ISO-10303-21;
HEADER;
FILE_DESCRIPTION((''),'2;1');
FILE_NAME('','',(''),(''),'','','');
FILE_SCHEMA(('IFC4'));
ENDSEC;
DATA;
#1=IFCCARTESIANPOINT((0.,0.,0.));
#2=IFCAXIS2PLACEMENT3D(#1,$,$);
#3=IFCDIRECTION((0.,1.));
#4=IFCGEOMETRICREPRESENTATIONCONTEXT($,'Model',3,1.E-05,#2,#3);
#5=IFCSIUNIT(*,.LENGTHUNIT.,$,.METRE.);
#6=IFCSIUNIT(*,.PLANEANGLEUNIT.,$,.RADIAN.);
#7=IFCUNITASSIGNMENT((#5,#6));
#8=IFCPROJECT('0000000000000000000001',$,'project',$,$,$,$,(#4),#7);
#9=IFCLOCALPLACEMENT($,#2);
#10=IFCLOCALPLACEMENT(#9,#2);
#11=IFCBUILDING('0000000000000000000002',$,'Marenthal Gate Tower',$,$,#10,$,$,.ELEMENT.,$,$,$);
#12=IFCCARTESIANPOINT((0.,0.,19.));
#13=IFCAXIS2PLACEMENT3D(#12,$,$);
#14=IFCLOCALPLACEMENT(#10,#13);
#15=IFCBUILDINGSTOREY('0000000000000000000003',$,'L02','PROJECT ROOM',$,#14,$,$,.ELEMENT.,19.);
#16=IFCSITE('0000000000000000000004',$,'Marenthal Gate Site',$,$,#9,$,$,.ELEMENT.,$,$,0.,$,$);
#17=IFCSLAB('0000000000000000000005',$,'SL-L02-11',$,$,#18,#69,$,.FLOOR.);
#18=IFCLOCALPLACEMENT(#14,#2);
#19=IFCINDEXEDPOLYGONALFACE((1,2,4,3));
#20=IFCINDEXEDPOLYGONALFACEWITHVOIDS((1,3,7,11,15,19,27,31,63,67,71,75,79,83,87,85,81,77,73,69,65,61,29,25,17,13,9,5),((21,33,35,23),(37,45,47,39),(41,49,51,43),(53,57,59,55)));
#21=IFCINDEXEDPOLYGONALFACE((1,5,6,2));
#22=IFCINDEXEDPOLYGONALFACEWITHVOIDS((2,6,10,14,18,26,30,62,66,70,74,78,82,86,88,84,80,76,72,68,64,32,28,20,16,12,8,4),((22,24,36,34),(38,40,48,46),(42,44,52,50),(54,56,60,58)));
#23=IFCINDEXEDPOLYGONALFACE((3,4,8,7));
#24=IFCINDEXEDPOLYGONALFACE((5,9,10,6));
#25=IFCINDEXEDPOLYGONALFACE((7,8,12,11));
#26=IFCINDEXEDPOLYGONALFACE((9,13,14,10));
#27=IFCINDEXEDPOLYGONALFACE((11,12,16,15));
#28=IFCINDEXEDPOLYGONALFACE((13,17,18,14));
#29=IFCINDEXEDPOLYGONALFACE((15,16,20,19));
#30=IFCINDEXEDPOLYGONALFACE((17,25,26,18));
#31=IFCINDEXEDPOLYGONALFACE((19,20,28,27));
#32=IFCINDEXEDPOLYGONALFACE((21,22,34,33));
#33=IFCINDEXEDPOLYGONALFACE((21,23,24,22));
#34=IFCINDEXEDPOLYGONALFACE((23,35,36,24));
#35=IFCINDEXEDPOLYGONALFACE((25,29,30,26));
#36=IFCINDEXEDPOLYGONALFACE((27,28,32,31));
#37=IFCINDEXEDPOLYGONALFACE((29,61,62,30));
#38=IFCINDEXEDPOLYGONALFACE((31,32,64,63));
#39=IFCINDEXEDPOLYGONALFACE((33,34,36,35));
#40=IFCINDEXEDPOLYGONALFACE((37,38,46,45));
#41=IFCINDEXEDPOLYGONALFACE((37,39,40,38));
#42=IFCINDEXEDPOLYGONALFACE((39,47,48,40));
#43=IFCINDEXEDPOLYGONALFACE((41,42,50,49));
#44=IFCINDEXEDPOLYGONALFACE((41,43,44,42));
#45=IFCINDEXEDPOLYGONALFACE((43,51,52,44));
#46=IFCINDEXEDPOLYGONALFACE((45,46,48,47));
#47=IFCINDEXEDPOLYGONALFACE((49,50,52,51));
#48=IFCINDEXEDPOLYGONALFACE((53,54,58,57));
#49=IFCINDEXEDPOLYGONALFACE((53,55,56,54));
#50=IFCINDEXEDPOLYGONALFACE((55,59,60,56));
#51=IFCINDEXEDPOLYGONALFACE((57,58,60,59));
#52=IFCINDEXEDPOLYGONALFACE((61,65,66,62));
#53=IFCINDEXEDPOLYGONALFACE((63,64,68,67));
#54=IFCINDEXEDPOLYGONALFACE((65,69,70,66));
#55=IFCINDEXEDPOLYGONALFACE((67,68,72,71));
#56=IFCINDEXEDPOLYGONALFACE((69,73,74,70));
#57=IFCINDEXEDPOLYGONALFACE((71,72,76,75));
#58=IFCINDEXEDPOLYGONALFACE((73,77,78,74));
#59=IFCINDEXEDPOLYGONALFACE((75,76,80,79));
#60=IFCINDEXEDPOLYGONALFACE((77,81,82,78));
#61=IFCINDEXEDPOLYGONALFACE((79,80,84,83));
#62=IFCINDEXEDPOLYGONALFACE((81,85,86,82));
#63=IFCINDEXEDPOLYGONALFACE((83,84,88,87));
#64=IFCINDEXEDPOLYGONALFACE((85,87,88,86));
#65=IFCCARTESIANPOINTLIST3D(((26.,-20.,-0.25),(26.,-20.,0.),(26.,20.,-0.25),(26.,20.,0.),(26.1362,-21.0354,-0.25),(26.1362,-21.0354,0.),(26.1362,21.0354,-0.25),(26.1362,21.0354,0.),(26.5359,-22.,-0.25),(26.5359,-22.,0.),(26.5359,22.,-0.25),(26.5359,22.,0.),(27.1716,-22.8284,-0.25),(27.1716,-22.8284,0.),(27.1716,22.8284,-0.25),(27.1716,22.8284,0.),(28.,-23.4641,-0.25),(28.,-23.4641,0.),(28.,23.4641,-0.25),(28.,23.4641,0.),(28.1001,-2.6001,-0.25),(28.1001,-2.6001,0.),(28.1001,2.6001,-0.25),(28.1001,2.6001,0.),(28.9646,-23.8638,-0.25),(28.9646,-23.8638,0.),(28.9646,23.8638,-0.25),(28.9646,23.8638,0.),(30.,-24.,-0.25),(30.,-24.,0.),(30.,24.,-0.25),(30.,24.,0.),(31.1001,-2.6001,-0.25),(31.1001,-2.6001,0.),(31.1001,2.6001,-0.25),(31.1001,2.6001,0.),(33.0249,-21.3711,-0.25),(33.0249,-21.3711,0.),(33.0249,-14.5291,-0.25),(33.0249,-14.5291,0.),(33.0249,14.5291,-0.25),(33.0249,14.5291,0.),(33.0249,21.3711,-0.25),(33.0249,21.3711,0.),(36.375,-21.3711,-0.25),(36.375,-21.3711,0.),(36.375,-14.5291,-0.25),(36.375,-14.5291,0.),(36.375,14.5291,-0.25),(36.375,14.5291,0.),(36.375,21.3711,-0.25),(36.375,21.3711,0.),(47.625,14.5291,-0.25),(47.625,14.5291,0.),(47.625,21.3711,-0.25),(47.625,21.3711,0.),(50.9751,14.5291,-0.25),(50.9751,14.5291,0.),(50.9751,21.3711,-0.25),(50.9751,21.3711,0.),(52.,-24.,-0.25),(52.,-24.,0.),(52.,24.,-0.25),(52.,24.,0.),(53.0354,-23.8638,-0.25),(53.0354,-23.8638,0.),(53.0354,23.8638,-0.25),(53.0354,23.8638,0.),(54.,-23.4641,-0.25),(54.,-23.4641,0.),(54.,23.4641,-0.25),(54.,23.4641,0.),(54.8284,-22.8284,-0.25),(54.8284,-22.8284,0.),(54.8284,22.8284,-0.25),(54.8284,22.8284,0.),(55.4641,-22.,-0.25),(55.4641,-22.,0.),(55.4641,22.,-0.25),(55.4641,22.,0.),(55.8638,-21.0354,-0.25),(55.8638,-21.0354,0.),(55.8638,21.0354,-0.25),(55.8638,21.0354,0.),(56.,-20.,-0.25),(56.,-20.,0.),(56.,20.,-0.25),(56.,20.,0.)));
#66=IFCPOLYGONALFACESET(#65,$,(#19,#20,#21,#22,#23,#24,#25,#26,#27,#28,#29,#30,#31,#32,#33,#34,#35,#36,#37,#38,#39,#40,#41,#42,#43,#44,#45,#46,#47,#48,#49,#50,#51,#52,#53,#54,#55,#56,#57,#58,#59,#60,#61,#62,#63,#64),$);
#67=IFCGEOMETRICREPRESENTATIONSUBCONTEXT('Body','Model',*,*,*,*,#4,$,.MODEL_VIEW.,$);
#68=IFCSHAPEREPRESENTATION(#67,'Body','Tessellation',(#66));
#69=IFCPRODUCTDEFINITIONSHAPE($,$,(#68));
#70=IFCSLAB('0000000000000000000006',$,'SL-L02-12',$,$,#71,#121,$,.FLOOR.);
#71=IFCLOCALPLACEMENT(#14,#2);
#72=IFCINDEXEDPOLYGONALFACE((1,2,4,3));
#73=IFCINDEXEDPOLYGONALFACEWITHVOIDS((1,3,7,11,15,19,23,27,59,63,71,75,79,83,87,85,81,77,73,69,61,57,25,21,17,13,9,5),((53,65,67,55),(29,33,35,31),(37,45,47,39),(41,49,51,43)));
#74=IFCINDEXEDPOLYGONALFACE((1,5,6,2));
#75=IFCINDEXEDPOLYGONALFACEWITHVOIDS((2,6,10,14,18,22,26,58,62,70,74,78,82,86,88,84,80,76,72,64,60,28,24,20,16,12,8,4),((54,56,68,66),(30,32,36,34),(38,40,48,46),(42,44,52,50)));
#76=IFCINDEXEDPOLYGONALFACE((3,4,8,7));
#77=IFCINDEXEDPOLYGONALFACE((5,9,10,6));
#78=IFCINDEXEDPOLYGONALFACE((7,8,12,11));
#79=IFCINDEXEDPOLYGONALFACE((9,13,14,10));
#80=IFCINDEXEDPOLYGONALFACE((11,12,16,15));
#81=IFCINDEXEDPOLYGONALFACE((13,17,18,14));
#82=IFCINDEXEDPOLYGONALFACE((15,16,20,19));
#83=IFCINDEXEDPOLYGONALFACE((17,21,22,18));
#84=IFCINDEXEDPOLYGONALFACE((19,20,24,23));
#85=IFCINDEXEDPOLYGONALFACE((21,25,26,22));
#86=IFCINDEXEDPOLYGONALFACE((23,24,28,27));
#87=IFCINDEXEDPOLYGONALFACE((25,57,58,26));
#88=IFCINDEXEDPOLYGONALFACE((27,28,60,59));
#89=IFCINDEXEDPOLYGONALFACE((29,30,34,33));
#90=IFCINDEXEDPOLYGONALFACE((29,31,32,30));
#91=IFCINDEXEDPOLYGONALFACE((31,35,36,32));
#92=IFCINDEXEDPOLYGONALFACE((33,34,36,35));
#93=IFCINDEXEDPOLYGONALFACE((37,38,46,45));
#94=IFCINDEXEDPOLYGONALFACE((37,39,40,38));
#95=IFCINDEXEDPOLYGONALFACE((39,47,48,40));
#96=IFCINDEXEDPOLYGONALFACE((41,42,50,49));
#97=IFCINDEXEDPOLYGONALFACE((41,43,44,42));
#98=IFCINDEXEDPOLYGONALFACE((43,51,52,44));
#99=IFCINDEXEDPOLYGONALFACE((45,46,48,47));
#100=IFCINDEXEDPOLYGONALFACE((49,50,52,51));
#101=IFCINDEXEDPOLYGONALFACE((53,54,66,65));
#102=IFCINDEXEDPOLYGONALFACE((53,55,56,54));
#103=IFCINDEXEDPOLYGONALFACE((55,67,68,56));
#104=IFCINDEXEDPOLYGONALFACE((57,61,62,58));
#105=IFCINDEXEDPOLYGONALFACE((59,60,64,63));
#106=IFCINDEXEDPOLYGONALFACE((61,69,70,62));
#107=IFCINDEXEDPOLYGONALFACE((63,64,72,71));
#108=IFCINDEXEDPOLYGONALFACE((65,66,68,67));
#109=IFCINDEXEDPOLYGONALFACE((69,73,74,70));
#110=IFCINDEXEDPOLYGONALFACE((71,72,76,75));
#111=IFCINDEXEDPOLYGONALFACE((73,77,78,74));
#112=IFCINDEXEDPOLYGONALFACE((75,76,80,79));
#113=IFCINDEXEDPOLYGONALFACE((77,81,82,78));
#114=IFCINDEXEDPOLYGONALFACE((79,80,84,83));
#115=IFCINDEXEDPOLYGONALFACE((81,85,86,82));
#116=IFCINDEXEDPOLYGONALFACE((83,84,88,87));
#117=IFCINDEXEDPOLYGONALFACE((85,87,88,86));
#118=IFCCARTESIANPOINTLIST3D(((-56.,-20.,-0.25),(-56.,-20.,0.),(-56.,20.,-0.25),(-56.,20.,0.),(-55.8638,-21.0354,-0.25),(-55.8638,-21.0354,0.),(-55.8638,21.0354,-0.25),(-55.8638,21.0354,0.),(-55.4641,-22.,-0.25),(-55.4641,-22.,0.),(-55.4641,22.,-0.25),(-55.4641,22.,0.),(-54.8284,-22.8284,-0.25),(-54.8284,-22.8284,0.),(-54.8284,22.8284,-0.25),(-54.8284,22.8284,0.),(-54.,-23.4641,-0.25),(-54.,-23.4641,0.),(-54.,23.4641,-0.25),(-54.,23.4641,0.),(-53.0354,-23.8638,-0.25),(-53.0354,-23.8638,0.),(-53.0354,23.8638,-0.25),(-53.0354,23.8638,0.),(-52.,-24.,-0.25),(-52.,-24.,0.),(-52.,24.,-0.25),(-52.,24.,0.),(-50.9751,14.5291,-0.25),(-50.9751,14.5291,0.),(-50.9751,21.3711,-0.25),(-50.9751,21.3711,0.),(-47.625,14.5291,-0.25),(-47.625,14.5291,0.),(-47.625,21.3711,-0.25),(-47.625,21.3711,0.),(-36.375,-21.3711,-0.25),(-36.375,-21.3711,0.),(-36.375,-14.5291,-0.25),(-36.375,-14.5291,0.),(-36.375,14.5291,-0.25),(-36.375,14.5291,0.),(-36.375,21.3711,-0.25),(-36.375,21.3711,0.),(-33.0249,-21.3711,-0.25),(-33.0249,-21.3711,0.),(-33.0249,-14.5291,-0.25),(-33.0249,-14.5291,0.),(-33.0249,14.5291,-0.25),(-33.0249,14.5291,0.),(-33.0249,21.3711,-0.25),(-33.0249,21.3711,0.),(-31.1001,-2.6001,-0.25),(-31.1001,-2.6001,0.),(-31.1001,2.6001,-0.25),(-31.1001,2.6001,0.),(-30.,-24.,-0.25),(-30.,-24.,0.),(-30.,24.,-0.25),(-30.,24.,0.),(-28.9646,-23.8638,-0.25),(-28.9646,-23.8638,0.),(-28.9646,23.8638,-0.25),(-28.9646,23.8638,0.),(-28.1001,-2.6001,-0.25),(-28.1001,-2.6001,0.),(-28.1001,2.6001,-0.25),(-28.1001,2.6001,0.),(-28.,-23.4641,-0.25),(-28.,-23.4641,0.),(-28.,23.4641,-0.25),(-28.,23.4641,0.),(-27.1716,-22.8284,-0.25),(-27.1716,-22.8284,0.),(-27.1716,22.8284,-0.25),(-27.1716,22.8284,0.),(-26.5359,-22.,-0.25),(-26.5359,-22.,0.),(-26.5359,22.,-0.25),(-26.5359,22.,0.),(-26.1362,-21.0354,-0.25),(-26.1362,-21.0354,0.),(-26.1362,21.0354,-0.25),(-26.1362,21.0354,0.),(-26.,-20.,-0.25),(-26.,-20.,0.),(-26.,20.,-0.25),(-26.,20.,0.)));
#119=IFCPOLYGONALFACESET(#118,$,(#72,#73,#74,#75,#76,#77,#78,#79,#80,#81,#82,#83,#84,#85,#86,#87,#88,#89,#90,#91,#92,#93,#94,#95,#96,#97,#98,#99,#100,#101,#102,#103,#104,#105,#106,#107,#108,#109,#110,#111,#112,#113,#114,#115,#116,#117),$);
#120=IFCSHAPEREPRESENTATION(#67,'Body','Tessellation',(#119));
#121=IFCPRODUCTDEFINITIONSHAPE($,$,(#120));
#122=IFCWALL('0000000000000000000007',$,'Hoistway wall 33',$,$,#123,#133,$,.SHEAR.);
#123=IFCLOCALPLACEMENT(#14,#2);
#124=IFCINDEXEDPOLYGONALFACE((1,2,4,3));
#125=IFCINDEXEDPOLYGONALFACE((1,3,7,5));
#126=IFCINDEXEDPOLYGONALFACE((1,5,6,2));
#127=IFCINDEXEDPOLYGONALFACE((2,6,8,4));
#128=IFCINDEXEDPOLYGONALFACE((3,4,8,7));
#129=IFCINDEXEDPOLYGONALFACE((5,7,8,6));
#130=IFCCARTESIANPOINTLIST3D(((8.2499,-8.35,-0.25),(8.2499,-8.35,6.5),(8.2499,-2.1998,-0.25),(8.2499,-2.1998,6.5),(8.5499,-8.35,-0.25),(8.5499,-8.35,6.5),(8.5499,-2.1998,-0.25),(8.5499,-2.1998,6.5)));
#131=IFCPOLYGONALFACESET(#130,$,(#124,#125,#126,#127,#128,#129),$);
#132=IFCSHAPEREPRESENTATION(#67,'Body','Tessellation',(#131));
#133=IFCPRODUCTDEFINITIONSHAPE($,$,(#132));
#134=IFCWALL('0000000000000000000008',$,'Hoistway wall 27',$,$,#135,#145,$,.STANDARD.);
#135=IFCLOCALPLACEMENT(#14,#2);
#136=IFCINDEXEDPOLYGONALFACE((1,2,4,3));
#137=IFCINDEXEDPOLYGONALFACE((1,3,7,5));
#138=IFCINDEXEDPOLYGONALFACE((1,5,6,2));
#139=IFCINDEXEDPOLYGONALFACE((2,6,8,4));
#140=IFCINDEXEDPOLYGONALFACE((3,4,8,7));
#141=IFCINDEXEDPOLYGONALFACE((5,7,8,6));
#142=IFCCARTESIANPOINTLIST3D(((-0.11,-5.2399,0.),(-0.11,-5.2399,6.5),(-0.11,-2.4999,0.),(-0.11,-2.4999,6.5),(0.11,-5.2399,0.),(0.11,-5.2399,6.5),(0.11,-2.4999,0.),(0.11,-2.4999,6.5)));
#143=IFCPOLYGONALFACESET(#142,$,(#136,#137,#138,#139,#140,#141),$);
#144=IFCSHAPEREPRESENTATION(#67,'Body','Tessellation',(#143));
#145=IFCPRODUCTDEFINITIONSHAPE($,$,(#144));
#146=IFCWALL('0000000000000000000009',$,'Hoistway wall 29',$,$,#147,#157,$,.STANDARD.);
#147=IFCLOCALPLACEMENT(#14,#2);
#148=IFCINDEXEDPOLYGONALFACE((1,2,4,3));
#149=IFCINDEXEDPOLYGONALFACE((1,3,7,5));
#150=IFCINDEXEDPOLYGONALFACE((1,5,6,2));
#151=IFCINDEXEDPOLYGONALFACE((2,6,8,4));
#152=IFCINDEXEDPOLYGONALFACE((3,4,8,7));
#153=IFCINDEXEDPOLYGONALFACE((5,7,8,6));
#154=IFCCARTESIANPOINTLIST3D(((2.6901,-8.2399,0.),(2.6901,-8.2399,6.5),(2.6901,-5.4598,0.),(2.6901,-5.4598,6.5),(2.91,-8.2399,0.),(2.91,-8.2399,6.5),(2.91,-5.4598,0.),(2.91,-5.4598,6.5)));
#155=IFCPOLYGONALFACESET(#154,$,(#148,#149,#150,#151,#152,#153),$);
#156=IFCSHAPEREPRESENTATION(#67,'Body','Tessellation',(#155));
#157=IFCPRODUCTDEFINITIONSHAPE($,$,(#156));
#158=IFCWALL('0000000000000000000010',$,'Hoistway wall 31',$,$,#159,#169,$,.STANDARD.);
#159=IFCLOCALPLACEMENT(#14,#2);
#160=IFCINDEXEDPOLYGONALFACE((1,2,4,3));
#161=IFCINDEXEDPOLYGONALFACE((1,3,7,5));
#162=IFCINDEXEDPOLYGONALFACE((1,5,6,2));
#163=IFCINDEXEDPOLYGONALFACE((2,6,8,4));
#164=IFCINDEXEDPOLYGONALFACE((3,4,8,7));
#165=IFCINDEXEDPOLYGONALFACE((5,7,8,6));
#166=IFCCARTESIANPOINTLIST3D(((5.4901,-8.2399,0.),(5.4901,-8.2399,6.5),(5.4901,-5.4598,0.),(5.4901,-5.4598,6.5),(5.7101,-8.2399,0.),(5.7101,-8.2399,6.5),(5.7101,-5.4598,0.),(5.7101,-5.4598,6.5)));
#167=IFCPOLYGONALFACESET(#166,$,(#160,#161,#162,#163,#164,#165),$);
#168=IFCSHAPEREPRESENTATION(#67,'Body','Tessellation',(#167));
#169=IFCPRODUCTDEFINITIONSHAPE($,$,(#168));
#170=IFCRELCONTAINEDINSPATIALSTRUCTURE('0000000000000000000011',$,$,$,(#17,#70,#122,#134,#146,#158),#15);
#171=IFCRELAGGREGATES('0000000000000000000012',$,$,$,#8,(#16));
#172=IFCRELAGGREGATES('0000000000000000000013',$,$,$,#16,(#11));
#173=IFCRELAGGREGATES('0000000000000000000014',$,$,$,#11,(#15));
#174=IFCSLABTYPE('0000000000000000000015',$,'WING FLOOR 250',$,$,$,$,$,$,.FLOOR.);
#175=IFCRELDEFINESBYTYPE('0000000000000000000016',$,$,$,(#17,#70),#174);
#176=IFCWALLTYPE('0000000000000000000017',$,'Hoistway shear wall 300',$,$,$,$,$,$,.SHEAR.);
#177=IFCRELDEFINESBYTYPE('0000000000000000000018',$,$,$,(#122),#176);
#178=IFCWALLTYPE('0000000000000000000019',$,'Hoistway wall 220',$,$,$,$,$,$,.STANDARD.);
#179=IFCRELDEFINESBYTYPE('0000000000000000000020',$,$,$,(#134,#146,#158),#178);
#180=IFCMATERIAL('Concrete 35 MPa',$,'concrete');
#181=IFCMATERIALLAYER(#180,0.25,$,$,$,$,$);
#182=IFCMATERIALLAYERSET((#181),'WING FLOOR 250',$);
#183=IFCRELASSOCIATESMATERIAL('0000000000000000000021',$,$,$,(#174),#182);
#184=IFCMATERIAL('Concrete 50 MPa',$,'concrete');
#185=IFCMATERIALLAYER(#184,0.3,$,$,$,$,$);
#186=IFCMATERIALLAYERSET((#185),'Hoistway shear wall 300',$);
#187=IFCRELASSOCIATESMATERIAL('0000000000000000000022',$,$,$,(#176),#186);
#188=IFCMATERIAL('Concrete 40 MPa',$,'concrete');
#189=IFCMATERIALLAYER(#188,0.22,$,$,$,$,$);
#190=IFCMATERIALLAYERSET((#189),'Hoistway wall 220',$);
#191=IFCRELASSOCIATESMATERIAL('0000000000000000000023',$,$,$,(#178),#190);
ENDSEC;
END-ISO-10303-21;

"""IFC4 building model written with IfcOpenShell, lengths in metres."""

from ifc_helpers import new_model, si_unit, direction, frame, frame_2d, origin, place, context, subcontext, project, spatial, polyline, rectangle, outline, extrude, material, layer, layer_set, type_object, element, save


model = new_model("IFC4")

# Units and contexts
model_context = context("Model", 3, precision=1e-05, world=origin(), true_north=direction((0.0, 1.0)))
body_context = subcontext(model_context, "Body", "Model", "MODEL_VIEW")
ifc_project = project(units=[si_unit("LENGTHUNIT", "METRE"), si_unit("PLANEANGLEUNIT", "RADIAN")], contexts=[model_context])

# Site, building, storey
site_placement = place(None, origin())
site = spatial("IfcSite", under=ifc_project, at=site_placement, Name="Marenthal Gate Site", CompositionType="ELEMENT", RefElevation=0.0)
building_placement = place(site_placement, origin())
building = spatial("IfcBuilding", under=site, at=building_placement, Name="Marenthal Gate Tower", CompositionType="ELEMENT")
storey_placement = place(building_placement, frame((0.0, 0.0, 19.0)))
storey = spatial("IfcBuildingStorey", under=building, at=storey_placement, Name="L02", Description="PROJECT ROOM", CompositionType="ELEMENT", Elevation=19.0)

# Slabs
ifc_material_1 = material(Name="Concrete 35 MPa", Category="concrete")
ifc_layer_1 = layer(ifc_material_1, 0.25)
ifc_layer_set_1 = layer_set([ifc_layer_1], Name="WING FLOOR 250")
slab_type_1 = type_object("IfcSlabType", Name="WING FLOOR 250", PredefinedType="FLOOR", material=ifc_layer_set_1)
slab_1_placement = place(storey_placement, frame((0.0, 0.0, -0.25)))
element("IfcSlab", 1, at=slab_1_placement, inside=storey, type_object=slab_type_1, Name="SL-L02-11", PredefinedType="FLOOR", context=body_context, shape_type="SweptSolid", body=[
    extrude(outline(polyline([(30.0, -24.0), (28.9646, -23.8638), (28.0, -23.4641), (27.1716, -22.8284), (26.5359, -22.0), (26.1362, -21.0354), (26.0, -20.0), (26.0, 20.0), (26.1362, 21.0354), (26.5359, 22.0), (27.1716, 22.8284), (28.0, 23.4641), (28.9646, 23.8638), (30.0, 24.0), (52.0, 24.0), (53.0354, 23.8638), (54.0, 23.4641), (54.8284, 22.8284), (55.4641, 22.0), (55.8638, 21.0354), (56.0, 20.0), (56.0, -20.0), (55.8638, -21.0354), (55.4641, -22.0), (54.8284, -22.8284), (54.0, -23.4641), (53.0354, -23.8638), (52.0, -24.0), (30.0, -24.0)]), holes=[polyline([(33.0249, -14.5291), (33.0249, -21.3711), (36.375, -21.3711), (36.375, -14.5291), (33.0249, -14.5291)]), polyline([(28.1001, 2.6001), (28.1001, -2.6001), (31.1001, -2.6001), (31.1001, 2.6001), (28.1001, 2.6001)]), polyline([(33.0249, 21.3711), (33.0249, 14.5291), (36.375, 14.5291), (36.375, 21.3711), (33.0249, 21.3711)]), polyline([(47.625, 21.3711), (47.625, 14.5291), (50.9751, 14.5291), (50.9751, 21.3711), (47.625, 21.3711)])]), origin(), (0.0, 0.0, 1.0), 0.25),
])
slab_2_placement = place(storey_placement, frame((0.0, 0.0, -0.25)))
element("IfcSlab", 2, at=slab_2_placement, inside=storey, type_object=slab_type_1, Name="SL-L02-12", PredefinedType="FLOOR", context=body_context, shape_type="SweptSolid", body=[
    extrude(outline(polyline([(-52.0, -24.0), (-53.0354, -23.8638), (-54.0, -23.4641), (-54.8284, -22.8284), (-55.4641, -22.0), (-55.8638, -21.0354), (-56.0, -20.0), (-56.0, 20.0), (-55.8638, 21.0354), (-55.4641, 22.0), (-54.8284, 22.8284), (-54.0, 23.4641), (-53.0354, 23.8638), (-52.0, 24.0), (-30.0, 24.0), (-28.9646, 23.8638), (-28.0, 23.4641), (-27.1716, 22.8284), (-26.5359, 22.0), (-26.1362, 21.0354), (-26.0, 20.0), (-26.0, -20.0), (-26.1362, -21.0354), (-26.5359, -22.0), (-27.1716, -22.8284), (-28.0, -23.4641), (-28.9646, -23.8638), (-30.0, -24.0), (-52.0, -24.0)]), holes=[polyline([(-36.375, -14.5291), (-36.375, -21.3711), (-33.0249, -21.3711), (-33.0249, -14.5291), (-36.375, -14.5291)]), polyline([(-31.1001, 2.6001), (-31.1001, -2.6001), (-28.1001, -2.6001), (-28.1001, 2.6001), (-31.1001, 2.6001)]), polyline([(-50.9751, 21.3711), (-50.9751, 14.5291), (-47.625, 14.5291), (-47.625, 21.3711), (-50.9751, 21.3711)]), polyline([(-36.375, 21.3711), (-36.375, 14.5291), (-33.0249, 14.5291), (-33.0249, 21.3711), (-36.375, 21.3711)])]), origin(), (0.0, 0.0, 1.0), 0.25),
])

# Walls
ifc_material_2 = material(Name="Concrete 50 MPa", Category="concrete")
ifc_layer_2 = layer(ifc_material_2, 0.3)
ifc_layer_set_2 = layer_set([ifc_layer_2], Name="Hoistway shear wall 300")
wall_type_1 = type_object("IfcWallType", Name="Hoistway shear wall 300", PredefinedType="SHEAR", material=ifc_layer_set_2)
wall_1_placement = place(storey_placement, frame((8.3999, -8.3501, -0.25), z_axis=(0.0, 0.0, 1.0), x_axis=(0.0, 1.0, 0.0)))
element("IfcWall", 3, at=wall_1_placement, inside=storey, type_object=wall_type_1, Name="Hoistway wall 33", PredefinedType="SHEAR", context=body_context, shape_type="SweptSolid", body=[
    extrude(rectangle(XDim=6.1501, YDim=0.3, at=frame_2d((3.0752, 0.0))), origin(), (0.0, 0.0, 1.0), 6.75),
])
ifc_material_3 = material(Name="Concrete 40 MPa", Category="concrete")
ifc_layer_3 = layer(ifc_material_3, 0.22)
ifc_layer_set_3 = layer_set([ifc_layer_3], Name="Hoistway wall 220")
wall_type_2 = type_object("IfcWallType", Name="Hoistway wall 220", PredefinedType="STANDARD", material=ifc_layer_set_3)
wall_2_placement = place(storey_placement, frame((0.0, -5.24, 0.0), z_axis=(0.0, 0.0, 1.0), x_axis=(0.0, 1.0, 0.0)))
element("IfcWall", 4, at=wall_2_placement, inside=storey, type_object=wall_type_2, Name="Hoistway wall 27", PredefinedType="STANDARD", context=body_context, shape_type="SweptSolid", body=[
    extrude(rectangle(XDim=2.74, YDim=0.22, at=frame_2d((1.3701, 0.0))), origin(), (0.0, 0.0, 1.0), 6.5),
])
for number, where, z_axis, x_axis, name in (
    (5, (2.8, -8.24, 0.0), (0.0, 0.0, 1.0), (0.0, 1.0, 0.0), "Hoistway wall 29"),
    (6, (5.6001, -8.24, 0.0), (0.0, 0.0, 1.0), (0.0, 1.0, 0.0), "Hoistway wall 31"),
):
    element("IfcWall", number, at=place(storey_placement, frame(where, z_axis=z_axis, x_axis=x_axis)), inside=storey, type_object=wall_type_2, Name=name, PredefinedType="STANDARD", context=body_context, shape_type="SweptSolid", body=[
        extrude(rectangle(XDim=2.78, YDim=0.22, at=frame_2d((1.3901, 0.0))), origin(), (0.0, 0.0, 1.0), 6.5),
    ])

save(model, "model.ifc")
